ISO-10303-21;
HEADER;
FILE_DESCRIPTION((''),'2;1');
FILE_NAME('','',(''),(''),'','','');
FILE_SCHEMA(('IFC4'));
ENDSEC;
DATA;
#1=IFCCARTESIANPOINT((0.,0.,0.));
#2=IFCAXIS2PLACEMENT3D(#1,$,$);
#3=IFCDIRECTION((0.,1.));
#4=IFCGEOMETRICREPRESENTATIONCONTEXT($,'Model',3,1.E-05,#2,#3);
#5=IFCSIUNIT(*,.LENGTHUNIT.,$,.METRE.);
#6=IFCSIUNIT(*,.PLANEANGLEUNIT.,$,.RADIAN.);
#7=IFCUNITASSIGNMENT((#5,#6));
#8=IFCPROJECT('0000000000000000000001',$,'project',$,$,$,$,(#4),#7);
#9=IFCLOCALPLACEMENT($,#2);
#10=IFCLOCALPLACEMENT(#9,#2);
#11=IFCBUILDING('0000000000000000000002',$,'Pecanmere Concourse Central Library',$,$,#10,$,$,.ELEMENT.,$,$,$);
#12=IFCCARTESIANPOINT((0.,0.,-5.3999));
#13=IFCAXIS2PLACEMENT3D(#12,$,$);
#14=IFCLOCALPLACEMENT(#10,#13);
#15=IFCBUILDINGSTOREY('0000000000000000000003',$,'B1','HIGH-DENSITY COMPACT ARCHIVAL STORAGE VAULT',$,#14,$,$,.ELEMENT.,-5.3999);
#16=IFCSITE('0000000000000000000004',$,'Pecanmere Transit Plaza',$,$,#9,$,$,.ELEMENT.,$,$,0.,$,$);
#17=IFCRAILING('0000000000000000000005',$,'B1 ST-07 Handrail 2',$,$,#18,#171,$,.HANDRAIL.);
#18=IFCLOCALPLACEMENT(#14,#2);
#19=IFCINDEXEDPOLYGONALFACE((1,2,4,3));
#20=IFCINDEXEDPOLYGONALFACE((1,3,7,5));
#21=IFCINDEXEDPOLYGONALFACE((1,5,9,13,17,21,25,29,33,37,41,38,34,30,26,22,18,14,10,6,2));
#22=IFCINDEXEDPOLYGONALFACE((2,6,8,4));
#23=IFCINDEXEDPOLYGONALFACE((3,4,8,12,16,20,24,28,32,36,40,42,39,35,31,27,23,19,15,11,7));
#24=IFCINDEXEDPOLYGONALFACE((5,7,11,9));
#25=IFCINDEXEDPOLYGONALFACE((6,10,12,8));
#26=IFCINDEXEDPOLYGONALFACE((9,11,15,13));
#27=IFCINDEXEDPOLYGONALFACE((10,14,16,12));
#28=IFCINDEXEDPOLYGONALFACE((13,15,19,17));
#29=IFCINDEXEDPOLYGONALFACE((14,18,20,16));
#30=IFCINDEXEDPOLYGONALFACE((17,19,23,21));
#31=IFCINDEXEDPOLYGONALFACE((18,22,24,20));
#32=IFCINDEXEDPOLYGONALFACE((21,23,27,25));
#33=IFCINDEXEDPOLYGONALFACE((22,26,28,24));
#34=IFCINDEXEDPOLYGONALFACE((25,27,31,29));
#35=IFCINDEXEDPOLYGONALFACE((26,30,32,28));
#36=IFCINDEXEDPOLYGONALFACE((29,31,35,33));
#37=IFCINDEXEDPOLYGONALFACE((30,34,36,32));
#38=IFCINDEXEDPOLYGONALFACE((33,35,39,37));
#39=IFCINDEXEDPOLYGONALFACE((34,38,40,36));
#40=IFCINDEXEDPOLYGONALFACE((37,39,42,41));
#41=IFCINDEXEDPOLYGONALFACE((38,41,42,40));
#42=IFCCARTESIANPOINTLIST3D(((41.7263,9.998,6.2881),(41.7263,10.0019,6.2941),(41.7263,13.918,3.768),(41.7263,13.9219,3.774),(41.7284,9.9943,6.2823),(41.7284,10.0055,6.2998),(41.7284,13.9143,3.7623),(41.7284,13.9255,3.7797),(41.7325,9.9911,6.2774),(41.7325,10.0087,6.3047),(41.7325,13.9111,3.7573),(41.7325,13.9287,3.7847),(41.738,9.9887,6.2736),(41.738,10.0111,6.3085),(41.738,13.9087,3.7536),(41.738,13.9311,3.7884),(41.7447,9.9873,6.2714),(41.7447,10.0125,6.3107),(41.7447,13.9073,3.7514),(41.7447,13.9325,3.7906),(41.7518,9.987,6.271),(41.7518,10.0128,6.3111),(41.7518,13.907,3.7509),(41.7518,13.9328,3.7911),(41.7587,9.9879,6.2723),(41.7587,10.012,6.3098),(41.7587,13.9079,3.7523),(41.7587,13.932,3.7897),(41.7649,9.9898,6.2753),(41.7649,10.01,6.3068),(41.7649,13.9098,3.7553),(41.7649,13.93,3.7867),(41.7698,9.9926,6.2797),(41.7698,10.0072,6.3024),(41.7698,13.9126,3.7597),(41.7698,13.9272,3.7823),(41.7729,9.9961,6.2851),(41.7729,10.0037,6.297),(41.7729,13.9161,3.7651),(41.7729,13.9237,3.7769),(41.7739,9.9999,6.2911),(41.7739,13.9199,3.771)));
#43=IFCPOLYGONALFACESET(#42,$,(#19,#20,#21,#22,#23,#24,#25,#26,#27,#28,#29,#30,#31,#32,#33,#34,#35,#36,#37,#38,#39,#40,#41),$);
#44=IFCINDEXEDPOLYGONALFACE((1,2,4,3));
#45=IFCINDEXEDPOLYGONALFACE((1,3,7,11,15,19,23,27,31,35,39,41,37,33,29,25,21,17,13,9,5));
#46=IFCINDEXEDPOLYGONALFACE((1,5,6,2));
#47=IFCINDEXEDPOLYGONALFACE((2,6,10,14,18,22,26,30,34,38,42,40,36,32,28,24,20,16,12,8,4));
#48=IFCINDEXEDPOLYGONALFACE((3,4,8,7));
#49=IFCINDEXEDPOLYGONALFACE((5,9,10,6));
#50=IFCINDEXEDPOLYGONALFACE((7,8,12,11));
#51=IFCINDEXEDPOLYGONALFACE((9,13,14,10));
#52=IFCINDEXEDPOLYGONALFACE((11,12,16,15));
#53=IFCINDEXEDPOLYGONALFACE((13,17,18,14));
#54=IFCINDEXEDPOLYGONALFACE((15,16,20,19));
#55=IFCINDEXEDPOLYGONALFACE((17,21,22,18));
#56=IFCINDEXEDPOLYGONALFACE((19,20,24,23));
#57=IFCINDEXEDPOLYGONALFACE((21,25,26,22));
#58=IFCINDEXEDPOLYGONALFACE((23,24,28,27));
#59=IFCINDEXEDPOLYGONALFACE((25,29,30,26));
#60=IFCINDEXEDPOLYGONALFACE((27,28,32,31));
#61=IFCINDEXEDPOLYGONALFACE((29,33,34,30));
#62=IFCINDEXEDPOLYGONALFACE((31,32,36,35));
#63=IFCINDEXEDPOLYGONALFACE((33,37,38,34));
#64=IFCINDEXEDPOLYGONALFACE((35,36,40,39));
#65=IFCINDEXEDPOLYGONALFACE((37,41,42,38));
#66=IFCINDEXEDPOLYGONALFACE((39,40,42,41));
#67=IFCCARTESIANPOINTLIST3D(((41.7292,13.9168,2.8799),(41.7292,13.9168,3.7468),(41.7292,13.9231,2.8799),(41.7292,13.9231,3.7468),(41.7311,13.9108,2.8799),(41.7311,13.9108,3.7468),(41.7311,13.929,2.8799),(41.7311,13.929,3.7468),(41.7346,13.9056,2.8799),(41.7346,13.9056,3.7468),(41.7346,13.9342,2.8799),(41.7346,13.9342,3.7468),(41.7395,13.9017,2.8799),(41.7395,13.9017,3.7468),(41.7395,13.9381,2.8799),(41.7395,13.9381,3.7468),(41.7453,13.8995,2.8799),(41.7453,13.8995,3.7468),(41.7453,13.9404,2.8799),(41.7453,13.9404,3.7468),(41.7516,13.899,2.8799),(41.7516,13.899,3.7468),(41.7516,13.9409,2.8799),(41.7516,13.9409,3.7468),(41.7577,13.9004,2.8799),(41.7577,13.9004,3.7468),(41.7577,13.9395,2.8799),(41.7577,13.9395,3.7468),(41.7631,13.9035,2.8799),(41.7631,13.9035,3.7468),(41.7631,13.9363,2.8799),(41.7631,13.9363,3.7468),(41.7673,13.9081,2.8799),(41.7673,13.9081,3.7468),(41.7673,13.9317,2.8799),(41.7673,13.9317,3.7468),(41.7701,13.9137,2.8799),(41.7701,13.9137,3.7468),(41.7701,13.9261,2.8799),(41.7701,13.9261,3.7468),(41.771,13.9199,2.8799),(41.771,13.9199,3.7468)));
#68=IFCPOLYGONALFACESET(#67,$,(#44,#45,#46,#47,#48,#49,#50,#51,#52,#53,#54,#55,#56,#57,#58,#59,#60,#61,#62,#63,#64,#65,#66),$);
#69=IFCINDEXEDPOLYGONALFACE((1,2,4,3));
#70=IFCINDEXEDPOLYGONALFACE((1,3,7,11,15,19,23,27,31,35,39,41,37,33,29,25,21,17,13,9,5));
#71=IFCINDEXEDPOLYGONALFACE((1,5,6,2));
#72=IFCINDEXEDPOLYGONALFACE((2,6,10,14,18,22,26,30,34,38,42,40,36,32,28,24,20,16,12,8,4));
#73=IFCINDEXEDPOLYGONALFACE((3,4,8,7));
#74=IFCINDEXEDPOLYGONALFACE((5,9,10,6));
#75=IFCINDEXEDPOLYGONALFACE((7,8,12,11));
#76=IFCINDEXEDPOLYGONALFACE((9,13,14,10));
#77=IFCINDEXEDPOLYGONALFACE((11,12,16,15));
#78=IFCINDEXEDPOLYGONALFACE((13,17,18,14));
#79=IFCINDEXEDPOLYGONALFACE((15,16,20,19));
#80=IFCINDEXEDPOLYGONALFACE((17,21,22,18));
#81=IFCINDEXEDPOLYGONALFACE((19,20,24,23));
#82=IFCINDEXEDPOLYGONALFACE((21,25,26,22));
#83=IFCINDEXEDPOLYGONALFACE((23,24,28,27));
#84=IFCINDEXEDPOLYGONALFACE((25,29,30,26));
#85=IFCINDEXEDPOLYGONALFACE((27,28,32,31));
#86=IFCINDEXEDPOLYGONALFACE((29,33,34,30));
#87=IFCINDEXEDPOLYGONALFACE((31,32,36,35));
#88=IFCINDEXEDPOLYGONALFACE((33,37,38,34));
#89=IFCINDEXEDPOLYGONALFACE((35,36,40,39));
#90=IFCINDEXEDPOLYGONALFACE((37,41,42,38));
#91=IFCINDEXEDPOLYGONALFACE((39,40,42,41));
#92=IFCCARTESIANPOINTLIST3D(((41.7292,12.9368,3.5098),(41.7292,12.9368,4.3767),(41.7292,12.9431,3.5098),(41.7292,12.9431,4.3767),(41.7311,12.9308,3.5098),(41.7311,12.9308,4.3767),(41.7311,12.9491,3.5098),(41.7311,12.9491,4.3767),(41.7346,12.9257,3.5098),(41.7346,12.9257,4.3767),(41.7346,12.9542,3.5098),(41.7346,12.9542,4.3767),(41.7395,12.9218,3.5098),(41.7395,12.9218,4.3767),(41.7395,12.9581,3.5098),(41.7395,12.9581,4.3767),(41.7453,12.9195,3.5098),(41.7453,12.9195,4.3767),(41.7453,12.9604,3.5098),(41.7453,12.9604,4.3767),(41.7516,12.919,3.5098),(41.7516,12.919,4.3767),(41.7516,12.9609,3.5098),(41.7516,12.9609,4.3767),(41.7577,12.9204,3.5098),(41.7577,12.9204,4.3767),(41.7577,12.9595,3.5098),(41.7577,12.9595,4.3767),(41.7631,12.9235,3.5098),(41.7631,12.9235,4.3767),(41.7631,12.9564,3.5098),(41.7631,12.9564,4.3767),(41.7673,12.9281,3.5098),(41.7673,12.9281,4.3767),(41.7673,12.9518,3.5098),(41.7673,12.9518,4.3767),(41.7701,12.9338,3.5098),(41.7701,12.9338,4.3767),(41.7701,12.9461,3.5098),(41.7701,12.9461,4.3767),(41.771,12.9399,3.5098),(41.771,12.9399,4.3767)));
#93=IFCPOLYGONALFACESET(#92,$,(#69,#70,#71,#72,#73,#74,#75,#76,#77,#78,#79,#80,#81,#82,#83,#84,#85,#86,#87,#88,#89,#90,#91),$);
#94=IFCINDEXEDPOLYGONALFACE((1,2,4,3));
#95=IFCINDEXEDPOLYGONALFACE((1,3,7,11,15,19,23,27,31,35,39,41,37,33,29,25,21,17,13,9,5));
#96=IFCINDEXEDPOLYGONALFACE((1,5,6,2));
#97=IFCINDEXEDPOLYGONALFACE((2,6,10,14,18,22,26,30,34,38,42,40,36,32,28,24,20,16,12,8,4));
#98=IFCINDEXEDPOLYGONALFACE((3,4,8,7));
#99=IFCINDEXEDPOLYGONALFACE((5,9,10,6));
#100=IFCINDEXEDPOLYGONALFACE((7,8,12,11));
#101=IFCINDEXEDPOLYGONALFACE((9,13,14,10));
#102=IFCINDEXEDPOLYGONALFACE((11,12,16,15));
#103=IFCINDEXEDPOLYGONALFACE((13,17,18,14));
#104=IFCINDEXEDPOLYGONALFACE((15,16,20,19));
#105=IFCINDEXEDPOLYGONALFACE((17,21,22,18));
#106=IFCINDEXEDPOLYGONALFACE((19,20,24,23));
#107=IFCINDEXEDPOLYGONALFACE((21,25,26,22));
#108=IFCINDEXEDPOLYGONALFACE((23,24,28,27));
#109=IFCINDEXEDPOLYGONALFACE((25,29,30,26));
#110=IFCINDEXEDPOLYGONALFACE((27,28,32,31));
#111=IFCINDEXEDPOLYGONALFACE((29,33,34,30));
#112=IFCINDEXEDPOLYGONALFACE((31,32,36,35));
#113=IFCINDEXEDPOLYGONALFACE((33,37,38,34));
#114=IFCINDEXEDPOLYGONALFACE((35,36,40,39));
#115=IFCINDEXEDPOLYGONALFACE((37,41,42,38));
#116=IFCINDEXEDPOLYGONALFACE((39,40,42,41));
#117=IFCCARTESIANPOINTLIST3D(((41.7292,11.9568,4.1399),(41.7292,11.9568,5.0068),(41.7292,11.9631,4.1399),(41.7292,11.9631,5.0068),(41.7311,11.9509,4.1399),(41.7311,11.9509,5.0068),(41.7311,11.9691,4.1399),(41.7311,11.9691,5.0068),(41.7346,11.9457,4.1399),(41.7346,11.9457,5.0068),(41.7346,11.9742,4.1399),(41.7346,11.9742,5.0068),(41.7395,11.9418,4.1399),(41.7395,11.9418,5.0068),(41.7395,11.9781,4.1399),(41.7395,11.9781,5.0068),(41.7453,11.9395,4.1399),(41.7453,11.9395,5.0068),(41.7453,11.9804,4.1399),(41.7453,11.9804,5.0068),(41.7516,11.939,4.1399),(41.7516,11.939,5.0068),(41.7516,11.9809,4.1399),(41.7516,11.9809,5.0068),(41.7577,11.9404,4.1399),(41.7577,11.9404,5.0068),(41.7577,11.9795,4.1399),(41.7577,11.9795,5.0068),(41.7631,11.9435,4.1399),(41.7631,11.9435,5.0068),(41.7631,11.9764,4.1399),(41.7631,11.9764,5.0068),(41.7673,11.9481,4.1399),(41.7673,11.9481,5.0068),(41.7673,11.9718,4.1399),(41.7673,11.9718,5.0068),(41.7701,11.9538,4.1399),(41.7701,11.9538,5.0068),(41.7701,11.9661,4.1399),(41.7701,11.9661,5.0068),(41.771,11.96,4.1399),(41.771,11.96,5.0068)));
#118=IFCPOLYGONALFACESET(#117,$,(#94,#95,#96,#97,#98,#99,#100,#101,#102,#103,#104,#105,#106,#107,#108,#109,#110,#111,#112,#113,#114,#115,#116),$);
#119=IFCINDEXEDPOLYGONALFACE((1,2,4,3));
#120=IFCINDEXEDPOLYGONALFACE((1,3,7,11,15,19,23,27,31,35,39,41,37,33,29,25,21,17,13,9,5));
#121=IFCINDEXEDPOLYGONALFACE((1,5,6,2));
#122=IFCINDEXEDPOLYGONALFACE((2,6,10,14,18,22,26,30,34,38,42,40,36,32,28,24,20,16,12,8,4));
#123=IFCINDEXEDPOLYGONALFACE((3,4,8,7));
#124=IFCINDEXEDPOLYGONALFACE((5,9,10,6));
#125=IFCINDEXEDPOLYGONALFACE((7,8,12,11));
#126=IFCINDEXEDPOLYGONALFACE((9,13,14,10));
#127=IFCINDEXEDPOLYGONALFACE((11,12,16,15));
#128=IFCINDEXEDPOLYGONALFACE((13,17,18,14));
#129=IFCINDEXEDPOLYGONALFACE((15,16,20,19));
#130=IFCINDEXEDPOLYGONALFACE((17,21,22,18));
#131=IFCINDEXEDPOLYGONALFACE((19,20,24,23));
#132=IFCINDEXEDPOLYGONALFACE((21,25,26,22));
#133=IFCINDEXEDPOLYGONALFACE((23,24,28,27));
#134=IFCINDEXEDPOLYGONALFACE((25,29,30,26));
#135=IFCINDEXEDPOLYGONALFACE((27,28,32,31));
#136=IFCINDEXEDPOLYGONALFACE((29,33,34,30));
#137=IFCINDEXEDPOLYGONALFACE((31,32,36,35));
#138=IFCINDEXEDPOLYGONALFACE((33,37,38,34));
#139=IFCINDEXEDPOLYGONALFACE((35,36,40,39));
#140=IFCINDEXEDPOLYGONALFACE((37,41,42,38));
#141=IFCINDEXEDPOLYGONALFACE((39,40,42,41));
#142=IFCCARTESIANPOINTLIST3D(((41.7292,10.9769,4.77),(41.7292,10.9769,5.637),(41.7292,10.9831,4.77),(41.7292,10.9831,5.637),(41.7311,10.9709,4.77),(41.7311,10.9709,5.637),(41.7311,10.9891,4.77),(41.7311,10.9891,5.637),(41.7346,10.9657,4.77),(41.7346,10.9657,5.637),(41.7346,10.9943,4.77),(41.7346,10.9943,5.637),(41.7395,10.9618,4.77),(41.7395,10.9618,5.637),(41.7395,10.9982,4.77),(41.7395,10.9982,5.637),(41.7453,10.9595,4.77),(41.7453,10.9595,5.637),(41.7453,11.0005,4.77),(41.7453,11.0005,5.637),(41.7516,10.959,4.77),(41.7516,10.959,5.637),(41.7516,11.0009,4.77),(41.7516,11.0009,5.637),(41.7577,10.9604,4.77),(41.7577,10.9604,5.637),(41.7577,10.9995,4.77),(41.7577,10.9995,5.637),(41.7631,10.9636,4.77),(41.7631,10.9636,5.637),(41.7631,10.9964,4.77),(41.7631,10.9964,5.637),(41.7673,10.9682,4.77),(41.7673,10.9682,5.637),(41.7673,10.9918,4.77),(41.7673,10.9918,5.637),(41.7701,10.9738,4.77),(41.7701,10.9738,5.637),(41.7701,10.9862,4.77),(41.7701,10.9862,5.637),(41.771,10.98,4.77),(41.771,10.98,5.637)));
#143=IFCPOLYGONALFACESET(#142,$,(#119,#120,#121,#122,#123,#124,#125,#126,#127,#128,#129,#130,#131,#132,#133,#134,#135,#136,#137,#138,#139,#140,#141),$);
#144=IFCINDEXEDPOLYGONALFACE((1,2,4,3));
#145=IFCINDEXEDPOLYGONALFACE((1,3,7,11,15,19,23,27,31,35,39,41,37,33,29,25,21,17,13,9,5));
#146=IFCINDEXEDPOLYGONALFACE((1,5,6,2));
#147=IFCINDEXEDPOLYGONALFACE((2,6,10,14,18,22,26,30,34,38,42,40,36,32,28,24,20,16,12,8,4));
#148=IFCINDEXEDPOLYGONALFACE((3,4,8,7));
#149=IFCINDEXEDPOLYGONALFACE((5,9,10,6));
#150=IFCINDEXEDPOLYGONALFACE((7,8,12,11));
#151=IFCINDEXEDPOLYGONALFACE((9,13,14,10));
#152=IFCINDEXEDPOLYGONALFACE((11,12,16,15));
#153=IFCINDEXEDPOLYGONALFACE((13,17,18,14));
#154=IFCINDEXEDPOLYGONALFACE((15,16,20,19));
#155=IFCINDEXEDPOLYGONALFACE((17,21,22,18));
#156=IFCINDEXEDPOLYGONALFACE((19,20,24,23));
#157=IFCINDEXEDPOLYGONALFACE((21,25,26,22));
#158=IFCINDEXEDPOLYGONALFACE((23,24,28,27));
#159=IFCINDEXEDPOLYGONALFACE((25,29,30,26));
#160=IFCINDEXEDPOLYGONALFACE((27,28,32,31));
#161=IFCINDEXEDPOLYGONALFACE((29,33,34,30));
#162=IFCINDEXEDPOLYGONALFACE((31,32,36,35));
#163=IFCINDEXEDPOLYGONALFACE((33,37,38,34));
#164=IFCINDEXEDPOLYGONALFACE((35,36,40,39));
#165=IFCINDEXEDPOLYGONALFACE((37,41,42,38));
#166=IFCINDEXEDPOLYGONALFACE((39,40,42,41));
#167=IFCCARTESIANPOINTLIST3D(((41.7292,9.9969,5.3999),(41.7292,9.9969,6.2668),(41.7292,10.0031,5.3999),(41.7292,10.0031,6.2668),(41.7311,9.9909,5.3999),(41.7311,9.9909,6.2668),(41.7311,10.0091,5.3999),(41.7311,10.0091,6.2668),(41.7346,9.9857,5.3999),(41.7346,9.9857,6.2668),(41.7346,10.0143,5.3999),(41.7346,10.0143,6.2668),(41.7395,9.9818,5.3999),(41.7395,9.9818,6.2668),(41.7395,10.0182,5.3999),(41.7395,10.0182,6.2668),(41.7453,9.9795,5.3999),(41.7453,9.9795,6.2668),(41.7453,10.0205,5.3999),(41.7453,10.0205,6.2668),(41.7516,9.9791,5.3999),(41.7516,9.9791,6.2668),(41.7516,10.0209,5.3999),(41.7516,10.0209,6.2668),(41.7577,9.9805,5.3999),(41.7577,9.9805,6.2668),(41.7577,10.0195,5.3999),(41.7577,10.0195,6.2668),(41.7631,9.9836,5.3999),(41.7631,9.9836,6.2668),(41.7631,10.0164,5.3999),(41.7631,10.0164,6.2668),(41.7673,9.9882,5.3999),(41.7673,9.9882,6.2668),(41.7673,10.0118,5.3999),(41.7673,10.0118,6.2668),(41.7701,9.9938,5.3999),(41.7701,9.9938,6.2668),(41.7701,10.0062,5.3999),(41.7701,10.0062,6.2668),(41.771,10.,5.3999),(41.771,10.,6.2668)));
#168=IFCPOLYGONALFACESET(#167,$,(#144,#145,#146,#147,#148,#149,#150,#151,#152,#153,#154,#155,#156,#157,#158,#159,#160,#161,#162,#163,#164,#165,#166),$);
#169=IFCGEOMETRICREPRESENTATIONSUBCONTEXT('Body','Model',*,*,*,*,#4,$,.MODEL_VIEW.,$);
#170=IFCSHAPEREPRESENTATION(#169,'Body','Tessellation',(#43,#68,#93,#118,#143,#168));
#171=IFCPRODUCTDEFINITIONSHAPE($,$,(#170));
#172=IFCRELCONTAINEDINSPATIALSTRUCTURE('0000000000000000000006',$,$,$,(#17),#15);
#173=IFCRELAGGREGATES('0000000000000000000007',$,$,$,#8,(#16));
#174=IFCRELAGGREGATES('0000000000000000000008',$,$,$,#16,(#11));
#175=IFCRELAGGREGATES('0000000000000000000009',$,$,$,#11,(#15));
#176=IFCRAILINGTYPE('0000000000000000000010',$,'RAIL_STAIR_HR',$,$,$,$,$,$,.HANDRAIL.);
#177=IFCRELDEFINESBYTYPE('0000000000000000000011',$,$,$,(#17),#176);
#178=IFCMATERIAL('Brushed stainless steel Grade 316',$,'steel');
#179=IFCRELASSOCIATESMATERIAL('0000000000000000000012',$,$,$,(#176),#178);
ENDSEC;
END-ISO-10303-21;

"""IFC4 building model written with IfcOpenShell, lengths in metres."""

from ifc_helpers import new_model, si_unit, direction, frame, origin, origin_2d, place, context, subcontext, project, spatial, circle, extrude, material, type_object, element, save


model = new_model("IFC4")

# Units and contexts
model_context = context("Model", 3, precision=1e-05, world=origin(), true_north=direction((0.0, 1.0)))
body_context = subcontext(model_context, "Body", "Model", "MODEL_VIEW")
ifc_project = project(units=[si_unit("LENGTHUNIT", "METRE"), si_unit("PLANEANGLEUNIT", "RADIAN")], contexts=[model_context])

# Site, building, storey
site_placement = place(None, origin())
site = spatial("IfcSite", under=ifc_project, at=site_placement, Name="Pecanmere Transit Plaza", CompositionType="ELEMENT", RefElevation=0.0)
building_placement = place(site_placement, origin())
building = spatial("IfcBuilding", under=site, at=building_placement, Name="Pecanmere Concourse Central Library", CompositionType="ELEMENT")
storey_placement = place(building_placement, frame((0.0, 0.0, -5.3999)))
storey = spatial("IfcBuildingStorey", under=building, at=storey_placement, Name="B1", Description="HIGH-DENSITY COMPACT ARCHIVAL STORAGE VAULT", CompositionType="ELEMENT", Elevation=-5.3999)

# Railing
ifc_material_1 = material(Name="Brushed stainless steel Grade 316", Category="steel")
railing_type_1 = type_object("IfcRailingType", Name="RAIL_STAIR_HR", PredefinedType="HANDRAIL", material=ifc_material_1)
railing_1_placement = place(storey_placement, frame((41.75, 13.9199, 2.8799)))
element("IfcRailing", 1, at=railing_1_placement, inside=storey, type_object=railing_type_1, Name="B1 ST-07 Handrail 2", PredefinedType="HANDRAIL", context=body_context, shape_type="SweptSolid", body=[
    extrude(circle(Radius=0.0239, at=origin_2d()), frame((0.0, 0.0, 0.8911), z_axis=(0.0, -0.841172, 0.540768), x_axis=(1.0, 0.0, 0.0)), (0.0, 0.0, 1.0), 4.6602),
    extrude(circle(Radius=0.021, at=origin_2d()), origin(), (0.0, 0.0, 1.0), 0.8669),
    extrude(circle(Radius=0.021, at=origin_2d()), frame((0.0, -0.98, 0.6299)), (0.0, 0.0, 1.0), 0.8669),
    extrude(circle(Radius=0.021, at=origin_2d()), frame((0.0, -1.96, 1.26)), (0.0, 0.0, 1.0), 0.8669),
    extrude(circle(Radius=0.021, at=origin_2d()), frame((0.0, -2.9399, 1.8901)), (0.0, 0.0, 1.0), 0.8669),
    extrude(circle(Radius=0.021, at=origin_2d()), frame((0.0, -3.9199, 2.52)), (0.0, 0.0, 1.0), 0.8669),
])

save(model, "model.ifc")
